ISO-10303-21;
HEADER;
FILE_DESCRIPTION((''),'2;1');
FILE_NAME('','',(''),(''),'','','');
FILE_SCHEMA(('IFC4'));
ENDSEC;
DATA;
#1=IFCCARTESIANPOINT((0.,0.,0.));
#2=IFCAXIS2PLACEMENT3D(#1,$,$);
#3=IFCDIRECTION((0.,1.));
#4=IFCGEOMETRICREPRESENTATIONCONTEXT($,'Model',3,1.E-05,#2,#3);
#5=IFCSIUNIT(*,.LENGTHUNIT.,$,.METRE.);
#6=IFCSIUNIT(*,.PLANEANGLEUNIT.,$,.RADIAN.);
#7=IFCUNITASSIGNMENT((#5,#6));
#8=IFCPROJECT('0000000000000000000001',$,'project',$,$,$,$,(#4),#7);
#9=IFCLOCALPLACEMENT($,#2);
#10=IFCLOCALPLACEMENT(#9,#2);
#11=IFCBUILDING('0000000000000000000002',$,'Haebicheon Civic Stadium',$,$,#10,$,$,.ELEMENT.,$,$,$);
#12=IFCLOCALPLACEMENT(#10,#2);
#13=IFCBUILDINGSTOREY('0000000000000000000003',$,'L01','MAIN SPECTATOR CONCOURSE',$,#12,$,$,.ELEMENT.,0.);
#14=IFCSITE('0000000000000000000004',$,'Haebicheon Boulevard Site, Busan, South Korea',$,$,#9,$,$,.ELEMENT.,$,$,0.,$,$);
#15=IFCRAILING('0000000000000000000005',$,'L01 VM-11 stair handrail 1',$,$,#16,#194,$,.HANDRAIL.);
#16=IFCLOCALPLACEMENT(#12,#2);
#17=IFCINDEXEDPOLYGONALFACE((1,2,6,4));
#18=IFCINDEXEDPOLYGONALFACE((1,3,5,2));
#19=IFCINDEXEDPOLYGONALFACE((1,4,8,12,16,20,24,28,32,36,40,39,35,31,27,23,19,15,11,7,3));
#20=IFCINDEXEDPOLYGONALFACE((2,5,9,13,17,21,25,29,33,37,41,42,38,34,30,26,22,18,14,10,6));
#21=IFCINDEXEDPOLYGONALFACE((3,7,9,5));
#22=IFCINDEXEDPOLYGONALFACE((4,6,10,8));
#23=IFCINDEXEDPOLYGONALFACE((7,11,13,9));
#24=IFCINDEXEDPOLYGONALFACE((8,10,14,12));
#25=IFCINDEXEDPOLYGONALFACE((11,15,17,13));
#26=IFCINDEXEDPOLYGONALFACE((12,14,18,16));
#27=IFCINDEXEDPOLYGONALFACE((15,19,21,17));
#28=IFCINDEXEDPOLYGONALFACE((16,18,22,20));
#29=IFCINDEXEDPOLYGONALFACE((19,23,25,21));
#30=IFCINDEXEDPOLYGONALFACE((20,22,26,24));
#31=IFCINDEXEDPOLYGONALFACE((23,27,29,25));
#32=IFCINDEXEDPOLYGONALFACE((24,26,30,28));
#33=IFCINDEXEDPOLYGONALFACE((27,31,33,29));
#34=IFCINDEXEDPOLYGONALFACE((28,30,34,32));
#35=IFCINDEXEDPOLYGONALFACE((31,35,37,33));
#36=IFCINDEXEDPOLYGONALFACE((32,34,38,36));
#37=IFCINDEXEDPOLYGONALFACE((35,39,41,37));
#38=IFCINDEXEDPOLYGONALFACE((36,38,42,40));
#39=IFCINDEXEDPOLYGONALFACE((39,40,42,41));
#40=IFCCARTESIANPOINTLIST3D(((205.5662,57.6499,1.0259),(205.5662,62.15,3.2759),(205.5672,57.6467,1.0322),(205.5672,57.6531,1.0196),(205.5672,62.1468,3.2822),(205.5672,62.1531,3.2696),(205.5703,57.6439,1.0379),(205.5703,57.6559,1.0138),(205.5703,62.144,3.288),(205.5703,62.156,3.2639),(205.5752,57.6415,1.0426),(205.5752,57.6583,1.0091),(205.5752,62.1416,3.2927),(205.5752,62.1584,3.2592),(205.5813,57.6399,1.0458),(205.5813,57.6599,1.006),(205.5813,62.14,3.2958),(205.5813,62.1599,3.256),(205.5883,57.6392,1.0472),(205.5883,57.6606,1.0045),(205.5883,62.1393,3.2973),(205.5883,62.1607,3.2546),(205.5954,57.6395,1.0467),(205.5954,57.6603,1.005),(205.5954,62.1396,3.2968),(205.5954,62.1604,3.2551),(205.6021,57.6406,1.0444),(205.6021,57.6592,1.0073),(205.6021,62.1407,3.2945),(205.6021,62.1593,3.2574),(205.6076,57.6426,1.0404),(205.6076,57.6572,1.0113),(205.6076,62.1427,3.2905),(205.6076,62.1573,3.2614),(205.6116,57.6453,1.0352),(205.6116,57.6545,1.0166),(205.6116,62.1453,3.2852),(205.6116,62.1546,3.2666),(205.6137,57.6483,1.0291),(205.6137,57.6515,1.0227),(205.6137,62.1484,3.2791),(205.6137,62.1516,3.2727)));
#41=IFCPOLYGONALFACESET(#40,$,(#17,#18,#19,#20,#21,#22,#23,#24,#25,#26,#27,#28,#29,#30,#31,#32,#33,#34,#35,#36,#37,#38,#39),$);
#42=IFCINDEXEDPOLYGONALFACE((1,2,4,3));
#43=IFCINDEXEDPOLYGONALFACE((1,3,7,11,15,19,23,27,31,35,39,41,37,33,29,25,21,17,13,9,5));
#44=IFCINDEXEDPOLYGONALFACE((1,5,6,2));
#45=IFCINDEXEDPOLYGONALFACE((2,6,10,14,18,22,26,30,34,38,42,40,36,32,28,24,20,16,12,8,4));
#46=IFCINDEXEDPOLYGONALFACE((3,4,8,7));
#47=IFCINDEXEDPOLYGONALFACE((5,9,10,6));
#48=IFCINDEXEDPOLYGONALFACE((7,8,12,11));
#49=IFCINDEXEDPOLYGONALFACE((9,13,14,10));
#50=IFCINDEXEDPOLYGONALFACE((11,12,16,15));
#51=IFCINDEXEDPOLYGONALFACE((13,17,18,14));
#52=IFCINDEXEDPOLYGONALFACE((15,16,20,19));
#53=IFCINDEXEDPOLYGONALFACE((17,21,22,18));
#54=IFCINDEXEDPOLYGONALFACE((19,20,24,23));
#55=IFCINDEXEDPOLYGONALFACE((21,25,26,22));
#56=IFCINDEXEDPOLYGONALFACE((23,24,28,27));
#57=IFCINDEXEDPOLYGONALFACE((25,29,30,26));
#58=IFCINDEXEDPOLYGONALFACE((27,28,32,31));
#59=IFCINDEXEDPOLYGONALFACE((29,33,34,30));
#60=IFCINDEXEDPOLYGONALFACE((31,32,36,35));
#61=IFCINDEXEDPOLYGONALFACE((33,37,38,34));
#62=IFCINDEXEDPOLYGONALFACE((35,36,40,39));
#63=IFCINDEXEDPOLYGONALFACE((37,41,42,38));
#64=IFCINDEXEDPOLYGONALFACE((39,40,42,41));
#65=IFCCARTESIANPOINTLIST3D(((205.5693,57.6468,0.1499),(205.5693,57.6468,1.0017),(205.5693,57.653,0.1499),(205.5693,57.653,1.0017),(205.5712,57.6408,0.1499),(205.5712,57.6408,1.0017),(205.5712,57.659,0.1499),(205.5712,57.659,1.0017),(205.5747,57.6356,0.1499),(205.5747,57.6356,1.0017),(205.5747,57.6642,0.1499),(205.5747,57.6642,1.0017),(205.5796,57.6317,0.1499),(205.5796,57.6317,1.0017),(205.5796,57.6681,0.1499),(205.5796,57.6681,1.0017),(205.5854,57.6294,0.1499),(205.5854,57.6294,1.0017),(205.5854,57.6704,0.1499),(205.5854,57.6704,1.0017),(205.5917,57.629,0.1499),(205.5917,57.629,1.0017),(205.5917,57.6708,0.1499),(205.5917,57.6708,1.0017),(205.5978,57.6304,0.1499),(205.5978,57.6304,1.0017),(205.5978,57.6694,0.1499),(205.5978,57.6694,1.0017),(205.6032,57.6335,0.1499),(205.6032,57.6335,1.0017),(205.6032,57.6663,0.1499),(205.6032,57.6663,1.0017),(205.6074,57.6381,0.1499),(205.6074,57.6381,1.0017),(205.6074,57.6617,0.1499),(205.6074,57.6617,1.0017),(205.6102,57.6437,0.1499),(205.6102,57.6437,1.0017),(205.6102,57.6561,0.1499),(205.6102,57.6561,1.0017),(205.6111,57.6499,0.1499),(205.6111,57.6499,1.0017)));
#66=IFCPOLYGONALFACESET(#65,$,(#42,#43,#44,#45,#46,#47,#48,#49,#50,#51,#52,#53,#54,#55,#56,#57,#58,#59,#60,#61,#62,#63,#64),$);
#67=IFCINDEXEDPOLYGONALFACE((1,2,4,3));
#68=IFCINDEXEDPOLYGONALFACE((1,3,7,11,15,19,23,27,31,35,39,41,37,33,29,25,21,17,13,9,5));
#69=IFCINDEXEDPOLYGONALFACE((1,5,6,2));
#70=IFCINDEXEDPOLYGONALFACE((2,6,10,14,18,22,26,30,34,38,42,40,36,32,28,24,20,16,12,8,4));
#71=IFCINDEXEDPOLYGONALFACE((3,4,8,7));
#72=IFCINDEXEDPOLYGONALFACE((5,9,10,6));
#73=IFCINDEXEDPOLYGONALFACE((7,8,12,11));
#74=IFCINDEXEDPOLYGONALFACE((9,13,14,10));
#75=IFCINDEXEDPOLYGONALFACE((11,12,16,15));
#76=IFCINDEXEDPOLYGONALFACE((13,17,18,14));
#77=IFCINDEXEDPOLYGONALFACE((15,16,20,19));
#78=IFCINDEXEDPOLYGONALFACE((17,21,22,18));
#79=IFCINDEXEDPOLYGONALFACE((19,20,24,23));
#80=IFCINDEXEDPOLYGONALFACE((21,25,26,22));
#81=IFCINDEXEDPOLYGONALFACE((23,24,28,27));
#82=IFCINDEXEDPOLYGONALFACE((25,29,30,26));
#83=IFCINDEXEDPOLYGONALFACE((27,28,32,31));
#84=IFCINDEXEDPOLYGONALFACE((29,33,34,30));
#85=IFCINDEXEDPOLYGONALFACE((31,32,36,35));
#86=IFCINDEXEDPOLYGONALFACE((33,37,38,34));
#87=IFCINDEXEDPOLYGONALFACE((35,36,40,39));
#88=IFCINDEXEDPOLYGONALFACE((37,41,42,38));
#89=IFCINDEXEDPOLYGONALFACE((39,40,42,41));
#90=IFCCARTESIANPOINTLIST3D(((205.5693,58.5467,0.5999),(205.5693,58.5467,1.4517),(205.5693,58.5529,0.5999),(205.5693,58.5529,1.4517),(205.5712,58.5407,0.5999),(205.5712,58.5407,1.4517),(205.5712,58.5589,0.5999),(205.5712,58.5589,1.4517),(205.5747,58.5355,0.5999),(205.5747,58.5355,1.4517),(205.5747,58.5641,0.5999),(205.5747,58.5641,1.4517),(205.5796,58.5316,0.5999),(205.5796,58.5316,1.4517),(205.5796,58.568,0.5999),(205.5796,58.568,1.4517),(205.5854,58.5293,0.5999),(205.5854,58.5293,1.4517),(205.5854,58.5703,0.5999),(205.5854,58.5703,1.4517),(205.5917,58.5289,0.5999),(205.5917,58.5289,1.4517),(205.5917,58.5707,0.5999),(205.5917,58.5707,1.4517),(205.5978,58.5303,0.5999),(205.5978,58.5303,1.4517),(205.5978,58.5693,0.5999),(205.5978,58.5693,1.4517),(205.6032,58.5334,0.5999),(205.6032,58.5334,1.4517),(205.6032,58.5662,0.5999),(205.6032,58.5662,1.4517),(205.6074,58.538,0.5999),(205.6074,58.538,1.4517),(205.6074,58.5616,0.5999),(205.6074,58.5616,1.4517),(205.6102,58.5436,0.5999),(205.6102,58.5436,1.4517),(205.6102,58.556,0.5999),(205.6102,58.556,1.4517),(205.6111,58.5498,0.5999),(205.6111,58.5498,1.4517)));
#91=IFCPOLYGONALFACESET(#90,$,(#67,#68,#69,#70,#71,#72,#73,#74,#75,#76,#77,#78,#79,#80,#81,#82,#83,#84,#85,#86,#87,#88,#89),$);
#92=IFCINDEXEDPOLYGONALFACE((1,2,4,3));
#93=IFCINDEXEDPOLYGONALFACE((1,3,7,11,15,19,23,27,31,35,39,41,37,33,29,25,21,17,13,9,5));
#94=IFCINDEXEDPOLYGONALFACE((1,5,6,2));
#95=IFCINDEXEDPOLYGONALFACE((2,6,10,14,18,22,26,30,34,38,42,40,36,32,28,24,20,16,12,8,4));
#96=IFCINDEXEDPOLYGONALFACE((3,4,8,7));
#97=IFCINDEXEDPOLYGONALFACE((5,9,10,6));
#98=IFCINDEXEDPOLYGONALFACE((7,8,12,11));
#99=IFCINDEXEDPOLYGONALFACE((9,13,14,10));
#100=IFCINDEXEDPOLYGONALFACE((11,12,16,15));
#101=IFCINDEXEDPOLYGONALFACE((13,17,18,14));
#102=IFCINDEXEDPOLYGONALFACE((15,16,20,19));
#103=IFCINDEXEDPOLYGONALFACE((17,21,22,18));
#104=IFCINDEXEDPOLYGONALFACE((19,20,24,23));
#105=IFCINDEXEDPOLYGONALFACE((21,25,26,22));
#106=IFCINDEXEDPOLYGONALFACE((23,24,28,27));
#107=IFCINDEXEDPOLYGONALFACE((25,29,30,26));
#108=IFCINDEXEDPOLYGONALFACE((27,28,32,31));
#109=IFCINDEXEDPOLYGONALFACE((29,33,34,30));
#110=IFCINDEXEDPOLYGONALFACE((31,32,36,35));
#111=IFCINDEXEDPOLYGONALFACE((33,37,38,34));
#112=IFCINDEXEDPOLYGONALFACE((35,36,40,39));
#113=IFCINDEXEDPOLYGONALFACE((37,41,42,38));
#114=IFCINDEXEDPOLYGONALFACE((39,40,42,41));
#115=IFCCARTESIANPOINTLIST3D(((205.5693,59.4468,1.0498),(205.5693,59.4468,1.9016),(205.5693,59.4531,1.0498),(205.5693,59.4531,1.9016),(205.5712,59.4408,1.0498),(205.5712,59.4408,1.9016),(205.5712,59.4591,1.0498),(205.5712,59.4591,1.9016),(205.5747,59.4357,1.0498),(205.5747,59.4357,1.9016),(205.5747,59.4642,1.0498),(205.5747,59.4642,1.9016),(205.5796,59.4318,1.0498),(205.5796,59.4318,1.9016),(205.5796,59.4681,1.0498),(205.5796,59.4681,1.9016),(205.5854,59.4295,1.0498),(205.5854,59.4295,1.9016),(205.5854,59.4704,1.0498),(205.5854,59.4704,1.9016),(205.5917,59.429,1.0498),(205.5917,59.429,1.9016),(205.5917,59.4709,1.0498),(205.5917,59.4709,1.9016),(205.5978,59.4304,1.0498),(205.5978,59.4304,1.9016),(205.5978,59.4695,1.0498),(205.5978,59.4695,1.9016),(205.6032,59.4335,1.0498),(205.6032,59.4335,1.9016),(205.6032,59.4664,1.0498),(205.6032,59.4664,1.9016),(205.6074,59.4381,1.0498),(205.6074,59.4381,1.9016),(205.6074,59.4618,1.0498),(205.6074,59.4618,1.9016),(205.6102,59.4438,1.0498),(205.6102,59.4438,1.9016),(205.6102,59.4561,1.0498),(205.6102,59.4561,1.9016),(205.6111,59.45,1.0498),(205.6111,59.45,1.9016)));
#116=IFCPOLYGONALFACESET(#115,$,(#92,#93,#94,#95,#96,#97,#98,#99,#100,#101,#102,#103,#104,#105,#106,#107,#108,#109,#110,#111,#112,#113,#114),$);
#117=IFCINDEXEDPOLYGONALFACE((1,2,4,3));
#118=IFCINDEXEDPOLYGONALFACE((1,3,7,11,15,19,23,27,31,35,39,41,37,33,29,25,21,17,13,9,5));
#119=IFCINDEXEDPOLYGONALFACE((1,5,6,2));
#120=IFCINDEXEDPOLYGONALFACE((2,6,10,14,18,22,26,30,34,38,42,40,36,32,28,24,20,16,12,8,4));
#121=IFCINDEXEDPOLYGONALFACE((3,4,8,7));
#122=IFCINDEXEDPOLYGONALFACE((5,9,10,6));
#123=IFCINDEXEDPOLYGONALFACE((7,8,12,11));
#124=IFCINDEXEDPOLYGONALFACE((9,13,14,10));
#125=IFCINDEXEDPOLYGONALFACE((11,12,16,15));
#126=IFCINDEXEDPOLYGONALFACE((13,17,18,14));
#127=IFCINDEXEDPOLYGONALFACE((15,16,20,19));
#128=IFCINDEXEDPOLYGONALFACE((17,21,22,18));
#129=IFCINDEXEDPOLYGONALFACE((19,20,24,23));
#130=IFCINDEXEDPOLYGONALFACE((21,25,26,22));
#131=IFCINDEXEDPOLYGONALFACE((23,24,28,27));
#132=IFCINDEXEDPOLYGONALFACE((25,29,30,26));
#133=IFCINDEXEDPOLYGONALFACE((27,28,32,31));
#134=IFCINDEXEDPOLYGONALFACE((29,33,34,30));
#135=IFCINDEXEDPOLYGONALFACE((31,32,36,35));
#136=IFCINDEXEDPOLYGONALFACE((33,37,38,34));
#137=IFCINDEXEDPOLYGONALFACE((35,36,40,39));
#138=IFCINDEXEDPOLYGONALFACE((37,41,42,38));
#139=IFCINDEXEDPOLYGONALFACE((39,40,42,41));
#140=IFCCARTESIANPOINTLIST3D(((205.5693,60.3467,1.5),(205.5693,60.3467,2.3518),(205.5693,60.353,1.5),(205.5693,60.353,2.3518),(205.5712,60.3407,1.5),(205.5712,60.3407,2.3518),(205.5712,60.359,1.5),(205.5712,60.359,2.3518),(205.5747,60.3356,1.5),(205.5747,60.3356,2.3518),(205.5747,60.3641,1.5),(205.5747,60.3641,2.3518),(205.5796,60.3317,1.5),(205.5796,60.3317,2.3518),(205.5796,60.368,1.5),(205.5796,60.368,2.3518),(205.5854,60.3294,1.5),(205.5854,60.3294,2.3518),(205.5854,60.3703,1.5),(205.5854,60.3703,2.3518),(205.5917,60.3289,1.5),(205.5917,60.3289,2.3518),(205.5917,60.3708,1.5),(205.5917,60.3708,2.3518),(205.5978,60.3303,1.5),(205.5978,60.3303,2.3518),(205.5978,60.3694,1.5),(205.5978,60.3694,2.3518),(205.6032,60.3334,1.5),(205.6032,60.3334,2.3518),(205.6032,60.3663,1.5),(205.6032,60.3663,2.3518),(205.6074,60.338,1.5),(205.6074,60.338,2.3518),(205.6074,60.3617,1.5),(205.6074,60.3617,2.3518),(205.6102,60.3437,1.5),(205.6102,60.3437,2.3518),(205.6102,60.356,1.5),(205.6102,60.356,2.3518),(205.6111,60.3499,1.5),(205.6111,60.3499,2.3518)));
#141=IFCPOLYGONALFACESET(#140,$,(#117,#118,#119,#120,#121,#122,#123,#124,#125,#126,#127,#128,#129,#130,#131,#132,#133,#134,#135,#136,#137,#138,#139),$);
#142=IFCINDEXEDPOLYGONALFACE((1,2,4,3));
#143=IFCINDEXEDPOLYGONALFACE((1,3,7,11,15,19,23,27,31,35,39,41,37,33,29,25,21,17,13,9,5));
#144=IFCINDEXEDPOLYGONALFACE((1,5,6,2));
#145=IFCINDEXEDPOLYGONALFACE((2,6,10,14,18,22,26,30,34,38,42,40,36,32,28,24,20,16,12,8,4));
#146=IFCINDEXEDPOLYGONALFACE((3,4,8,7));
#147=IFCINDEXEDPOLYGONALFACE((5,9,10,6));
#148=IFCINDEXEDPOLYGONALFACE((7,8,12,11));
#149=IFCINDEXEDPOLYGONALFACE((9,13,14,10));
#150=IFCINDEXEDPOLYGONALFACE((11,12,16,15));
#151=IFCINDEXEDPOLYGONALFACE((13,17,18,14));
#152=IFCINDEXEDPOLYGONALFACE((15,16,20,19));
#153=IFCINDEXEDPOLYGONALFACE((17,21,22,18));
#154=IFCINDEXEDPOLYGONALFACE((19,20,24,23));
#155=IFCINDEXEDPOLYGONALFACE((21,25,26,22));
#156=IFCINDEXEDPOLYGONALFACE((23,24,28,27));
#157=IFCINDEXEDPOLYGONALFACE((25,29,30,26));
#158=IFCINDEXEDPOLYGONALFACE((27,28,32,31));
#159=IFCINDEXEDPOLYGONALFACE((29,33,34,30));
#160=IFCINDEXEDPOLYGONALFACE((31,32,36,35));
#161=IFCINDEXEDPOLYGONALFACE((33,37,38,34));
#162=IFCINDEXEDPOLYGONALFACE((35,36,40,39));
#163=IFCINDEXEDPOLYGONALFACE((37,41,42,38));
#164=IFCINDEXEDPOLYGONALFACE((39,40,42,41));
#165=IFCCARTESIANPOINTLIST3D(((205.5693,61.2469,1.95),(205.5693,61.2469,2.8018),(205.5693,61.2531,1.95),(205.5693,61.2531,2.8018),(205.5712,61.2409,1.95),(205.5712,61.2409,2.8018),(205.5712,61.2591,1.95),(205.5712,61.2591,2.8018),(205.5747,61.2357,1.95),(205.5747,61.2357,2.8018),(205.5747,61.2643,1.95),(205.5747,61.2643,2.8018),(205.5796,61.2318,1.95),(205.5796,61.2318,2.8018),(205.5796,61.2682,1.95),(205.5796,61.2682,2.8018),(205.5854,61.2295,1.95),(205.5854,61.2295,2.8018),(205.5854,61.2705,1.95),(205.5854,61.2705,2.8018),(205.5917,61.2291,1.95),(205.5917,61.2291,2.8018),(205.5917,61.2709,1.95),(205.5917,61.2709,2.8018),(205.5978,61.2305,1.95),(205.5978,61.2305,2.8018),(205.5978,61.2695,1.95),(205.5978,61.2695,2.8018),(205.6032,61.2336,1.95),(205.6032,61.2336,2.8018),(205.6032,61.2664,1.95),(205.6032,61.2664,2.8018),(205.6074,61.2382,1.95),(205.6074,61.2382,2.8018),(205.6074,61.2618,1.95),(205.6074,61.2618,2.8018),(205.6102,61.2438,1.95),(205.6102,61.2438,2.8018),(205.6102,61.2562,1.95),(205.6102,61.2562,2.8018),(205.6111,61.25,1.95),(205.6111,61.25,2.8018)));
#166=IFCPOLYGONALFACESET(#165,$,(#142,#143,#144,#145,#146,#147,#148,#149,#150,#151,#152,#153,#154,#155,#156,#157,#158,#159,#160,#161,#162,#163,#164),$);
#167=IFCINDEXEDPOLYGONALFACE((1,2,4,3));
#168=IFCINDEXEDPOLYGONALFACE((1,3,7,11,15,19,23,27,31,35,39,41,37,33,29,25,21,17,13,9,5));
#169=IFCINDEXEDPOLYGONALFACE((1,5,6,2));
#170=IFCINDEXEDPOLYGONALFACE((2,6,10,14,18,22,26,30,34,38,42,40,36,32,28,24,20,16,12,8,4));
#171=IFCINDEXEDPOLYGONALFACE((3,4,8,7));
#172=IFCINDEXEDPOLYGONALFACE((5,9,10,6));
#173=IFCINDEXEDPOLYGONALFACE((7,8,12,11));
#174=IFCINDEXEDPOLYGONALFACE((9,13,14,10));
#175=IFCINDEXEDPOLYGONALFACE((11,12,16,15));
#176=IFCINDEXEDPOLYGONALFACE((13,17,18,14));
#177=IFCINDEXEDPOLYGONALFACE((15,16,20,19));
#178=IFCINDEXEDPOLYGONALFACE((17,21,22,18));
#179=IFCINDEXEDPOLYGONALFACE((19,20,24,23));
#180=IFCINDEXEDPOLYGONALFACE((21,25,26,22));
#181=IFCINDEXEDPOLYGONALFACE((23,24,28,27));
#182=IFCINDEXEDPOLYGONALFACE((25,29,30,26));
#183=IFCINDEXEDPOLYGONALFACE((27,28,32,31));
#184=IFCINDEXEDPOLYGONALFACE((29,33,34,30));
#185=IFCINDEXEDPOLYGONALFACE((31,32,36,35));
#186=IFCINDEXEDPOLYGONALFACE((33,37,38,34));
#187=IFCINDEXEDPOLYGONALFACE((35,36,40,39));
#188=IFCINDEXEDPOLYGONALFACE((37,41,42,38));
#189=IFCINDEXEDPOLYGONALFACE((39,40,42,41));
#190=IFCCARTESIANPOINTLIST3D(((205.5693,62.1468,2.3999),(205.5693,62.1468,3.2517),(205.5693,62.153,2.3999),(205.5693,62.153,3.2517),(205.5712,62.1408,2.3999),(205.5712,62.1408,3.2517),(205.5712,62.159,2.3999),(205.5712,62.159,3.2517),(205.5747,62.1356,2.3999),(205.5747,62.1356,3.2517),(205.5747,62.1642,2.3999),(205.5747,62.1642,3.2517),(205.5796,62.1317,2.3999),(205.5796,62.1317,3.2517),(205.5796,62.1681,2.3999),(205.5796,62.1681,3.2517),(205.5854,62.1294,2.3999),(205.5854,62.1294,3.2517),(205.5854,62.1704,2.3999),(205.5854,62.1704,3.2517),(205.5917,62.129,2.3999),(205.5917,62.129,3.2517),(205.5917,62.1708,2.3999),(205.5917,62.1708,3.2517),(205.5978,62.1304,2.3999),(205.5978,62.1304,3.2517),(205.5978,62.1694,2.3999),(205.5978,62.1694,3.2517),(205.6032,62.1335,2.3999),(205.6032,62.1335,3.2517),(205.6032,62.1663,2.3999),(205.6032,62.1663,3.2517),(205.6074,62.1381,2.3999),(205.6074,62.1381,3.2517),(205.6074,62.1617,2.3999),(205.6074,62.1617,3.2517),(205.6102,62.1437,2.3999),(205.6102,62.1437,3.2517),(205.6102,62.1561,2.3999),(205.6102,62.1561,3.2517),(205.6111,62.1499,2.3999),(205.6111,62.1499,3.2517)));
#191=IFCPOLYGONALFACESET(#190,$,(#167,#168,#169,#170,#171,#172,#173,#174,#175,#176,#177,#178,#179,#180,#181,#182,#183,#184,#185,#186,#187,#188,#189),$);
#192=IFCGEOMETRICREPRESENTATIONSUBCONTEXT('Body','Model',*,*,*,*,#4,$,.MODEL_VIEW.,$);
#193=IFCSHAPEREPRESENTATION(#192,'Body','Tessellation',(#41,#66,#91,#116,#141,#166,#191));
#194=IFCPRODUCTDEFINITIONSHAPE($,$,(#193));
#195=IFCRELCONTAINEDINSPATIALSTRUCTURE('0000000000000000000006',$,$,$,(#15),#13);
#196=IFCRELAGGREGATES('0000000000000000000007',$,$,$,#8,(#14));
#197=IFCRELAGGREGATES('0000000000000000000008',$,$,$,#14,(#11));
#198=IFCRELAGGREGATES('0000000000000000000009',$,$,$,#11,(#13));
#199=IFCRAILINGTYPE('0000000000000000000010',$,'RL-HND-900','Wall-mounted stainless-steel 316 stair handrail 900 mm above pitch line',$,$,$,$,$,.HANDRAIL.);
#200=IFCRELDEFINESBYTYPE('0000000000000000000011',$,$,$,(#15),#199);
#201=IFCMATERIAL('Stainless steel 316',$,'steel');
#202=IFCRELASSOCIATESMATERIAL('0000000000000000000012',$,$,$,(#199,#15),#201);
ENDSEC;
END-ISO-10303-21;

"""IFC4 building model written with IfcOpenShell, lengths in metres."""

from ifc_helpers import new_model, si_unit, direction, frame, origin, origin_2d, place, context, subcontext, project, spatial, circle, extrude, material, type_object, element, save


model = new_model("IFC4")

# Units and contexts
model_context = context("Model", 3, precision=1e-05, world=origin(), true_north=direction((0.0, 1.0)))
body_context = subcontext(model_context, "Body", "Model", "MODEL_VIEW")
ifc_project = project(units=[si_unit("LENGTHUNIT", "METRE"), si_unit("PLANEANGLEUNIT", "RADIAN")], contexts=[model_context])

# Site, building, storey
site_placement = place(None, origin())
site = spatial("IfcSite", under=ifc_project, at=site_placement, Name="Haebicheon Boulevard Site, Busan, South Korea", CompositionType="ELEMENT", RefElevation=0.0)
building_placement = place(site_placement, origin())
building = spatial("IfcBuilding", under=site, at=building_placement, Name="Haebicheon Civic Stadium", CompositionType="ELEMENT")
storey_placement = place(building_placement, origin())
storey = spatial("IfcBuildingStorey", under=building, at=storey_placement, Name="L01", Description="MAIN SPECTATOR CONCOURSE", CompositionType="ELEMENT", Elevation=0.0)

# Railing
ifc_material_1 = material(Name="Stainless steel 316", Category="steel")
railing_type_1 = type_object("IfcRailingType", Name="RL-HND-900", Description="Wall-mounted stainless-steel 316 stair handrail 900 mm above pitch line", PredefinedType="HANDRAIL", material=ifc_material_1)
railing_1_placement = place(storey_placement, frame((205.5901, 57.6499, 0.1499)))
element("IfcRailing", 1, at=railing_1_placement, inside=storey, type_object=railing_type_1, material=ifc_material_1, Name="L01 VM-11 stair handrail 1", PredefinedType="HANDRAIL", context=body_context, shape_type="SweptSolid", body=[
    extrude(circle(Radius=0.0239, at=origin_2d()), frame((0.0, 0.0, 0.876), z_axis=(0.0, 0.894427, 0.447214), x_axis=(-1.0, 0.0, 0.0)), (0.0, 0.0, 1.0), 5.0312),
    extrude(circle(Radius=0.021, at=origin_2d()), origin(), (0.0, 0.0, 1.0), 0.8518),
    extrude(circle(Radius=0.021, at=origin_2d()), frame((0.0, 0.8999, 0.45)), (0.0, 0.0, 1.0), 0.8518),
    extrude(circle(Radius=0.021, at=origin_2d()), frame((0.0, 1.8, 0.8999)), (0.0, 0.0, 1.0), 0.8518),
    extrude(circle(Radius=0.021, at=origin_2d()), frame((0.0, 2.7, 1.3501)), (0.0, 0.0, 1.0), 0.8518),
    extrude(circle(Radius=0.021, at=origin_2d()), frame((0.0, 3.6001, 1.8)), (0.0, 0.0, 1.0), 0.8518),
    extrude(circle(Radius=0.021, at=origin_2d()), frame((0.0, 4.5, 2.25)), (0.0, 0.0, 1.0), 0.8518),
])

save(model, "model.ifc")
